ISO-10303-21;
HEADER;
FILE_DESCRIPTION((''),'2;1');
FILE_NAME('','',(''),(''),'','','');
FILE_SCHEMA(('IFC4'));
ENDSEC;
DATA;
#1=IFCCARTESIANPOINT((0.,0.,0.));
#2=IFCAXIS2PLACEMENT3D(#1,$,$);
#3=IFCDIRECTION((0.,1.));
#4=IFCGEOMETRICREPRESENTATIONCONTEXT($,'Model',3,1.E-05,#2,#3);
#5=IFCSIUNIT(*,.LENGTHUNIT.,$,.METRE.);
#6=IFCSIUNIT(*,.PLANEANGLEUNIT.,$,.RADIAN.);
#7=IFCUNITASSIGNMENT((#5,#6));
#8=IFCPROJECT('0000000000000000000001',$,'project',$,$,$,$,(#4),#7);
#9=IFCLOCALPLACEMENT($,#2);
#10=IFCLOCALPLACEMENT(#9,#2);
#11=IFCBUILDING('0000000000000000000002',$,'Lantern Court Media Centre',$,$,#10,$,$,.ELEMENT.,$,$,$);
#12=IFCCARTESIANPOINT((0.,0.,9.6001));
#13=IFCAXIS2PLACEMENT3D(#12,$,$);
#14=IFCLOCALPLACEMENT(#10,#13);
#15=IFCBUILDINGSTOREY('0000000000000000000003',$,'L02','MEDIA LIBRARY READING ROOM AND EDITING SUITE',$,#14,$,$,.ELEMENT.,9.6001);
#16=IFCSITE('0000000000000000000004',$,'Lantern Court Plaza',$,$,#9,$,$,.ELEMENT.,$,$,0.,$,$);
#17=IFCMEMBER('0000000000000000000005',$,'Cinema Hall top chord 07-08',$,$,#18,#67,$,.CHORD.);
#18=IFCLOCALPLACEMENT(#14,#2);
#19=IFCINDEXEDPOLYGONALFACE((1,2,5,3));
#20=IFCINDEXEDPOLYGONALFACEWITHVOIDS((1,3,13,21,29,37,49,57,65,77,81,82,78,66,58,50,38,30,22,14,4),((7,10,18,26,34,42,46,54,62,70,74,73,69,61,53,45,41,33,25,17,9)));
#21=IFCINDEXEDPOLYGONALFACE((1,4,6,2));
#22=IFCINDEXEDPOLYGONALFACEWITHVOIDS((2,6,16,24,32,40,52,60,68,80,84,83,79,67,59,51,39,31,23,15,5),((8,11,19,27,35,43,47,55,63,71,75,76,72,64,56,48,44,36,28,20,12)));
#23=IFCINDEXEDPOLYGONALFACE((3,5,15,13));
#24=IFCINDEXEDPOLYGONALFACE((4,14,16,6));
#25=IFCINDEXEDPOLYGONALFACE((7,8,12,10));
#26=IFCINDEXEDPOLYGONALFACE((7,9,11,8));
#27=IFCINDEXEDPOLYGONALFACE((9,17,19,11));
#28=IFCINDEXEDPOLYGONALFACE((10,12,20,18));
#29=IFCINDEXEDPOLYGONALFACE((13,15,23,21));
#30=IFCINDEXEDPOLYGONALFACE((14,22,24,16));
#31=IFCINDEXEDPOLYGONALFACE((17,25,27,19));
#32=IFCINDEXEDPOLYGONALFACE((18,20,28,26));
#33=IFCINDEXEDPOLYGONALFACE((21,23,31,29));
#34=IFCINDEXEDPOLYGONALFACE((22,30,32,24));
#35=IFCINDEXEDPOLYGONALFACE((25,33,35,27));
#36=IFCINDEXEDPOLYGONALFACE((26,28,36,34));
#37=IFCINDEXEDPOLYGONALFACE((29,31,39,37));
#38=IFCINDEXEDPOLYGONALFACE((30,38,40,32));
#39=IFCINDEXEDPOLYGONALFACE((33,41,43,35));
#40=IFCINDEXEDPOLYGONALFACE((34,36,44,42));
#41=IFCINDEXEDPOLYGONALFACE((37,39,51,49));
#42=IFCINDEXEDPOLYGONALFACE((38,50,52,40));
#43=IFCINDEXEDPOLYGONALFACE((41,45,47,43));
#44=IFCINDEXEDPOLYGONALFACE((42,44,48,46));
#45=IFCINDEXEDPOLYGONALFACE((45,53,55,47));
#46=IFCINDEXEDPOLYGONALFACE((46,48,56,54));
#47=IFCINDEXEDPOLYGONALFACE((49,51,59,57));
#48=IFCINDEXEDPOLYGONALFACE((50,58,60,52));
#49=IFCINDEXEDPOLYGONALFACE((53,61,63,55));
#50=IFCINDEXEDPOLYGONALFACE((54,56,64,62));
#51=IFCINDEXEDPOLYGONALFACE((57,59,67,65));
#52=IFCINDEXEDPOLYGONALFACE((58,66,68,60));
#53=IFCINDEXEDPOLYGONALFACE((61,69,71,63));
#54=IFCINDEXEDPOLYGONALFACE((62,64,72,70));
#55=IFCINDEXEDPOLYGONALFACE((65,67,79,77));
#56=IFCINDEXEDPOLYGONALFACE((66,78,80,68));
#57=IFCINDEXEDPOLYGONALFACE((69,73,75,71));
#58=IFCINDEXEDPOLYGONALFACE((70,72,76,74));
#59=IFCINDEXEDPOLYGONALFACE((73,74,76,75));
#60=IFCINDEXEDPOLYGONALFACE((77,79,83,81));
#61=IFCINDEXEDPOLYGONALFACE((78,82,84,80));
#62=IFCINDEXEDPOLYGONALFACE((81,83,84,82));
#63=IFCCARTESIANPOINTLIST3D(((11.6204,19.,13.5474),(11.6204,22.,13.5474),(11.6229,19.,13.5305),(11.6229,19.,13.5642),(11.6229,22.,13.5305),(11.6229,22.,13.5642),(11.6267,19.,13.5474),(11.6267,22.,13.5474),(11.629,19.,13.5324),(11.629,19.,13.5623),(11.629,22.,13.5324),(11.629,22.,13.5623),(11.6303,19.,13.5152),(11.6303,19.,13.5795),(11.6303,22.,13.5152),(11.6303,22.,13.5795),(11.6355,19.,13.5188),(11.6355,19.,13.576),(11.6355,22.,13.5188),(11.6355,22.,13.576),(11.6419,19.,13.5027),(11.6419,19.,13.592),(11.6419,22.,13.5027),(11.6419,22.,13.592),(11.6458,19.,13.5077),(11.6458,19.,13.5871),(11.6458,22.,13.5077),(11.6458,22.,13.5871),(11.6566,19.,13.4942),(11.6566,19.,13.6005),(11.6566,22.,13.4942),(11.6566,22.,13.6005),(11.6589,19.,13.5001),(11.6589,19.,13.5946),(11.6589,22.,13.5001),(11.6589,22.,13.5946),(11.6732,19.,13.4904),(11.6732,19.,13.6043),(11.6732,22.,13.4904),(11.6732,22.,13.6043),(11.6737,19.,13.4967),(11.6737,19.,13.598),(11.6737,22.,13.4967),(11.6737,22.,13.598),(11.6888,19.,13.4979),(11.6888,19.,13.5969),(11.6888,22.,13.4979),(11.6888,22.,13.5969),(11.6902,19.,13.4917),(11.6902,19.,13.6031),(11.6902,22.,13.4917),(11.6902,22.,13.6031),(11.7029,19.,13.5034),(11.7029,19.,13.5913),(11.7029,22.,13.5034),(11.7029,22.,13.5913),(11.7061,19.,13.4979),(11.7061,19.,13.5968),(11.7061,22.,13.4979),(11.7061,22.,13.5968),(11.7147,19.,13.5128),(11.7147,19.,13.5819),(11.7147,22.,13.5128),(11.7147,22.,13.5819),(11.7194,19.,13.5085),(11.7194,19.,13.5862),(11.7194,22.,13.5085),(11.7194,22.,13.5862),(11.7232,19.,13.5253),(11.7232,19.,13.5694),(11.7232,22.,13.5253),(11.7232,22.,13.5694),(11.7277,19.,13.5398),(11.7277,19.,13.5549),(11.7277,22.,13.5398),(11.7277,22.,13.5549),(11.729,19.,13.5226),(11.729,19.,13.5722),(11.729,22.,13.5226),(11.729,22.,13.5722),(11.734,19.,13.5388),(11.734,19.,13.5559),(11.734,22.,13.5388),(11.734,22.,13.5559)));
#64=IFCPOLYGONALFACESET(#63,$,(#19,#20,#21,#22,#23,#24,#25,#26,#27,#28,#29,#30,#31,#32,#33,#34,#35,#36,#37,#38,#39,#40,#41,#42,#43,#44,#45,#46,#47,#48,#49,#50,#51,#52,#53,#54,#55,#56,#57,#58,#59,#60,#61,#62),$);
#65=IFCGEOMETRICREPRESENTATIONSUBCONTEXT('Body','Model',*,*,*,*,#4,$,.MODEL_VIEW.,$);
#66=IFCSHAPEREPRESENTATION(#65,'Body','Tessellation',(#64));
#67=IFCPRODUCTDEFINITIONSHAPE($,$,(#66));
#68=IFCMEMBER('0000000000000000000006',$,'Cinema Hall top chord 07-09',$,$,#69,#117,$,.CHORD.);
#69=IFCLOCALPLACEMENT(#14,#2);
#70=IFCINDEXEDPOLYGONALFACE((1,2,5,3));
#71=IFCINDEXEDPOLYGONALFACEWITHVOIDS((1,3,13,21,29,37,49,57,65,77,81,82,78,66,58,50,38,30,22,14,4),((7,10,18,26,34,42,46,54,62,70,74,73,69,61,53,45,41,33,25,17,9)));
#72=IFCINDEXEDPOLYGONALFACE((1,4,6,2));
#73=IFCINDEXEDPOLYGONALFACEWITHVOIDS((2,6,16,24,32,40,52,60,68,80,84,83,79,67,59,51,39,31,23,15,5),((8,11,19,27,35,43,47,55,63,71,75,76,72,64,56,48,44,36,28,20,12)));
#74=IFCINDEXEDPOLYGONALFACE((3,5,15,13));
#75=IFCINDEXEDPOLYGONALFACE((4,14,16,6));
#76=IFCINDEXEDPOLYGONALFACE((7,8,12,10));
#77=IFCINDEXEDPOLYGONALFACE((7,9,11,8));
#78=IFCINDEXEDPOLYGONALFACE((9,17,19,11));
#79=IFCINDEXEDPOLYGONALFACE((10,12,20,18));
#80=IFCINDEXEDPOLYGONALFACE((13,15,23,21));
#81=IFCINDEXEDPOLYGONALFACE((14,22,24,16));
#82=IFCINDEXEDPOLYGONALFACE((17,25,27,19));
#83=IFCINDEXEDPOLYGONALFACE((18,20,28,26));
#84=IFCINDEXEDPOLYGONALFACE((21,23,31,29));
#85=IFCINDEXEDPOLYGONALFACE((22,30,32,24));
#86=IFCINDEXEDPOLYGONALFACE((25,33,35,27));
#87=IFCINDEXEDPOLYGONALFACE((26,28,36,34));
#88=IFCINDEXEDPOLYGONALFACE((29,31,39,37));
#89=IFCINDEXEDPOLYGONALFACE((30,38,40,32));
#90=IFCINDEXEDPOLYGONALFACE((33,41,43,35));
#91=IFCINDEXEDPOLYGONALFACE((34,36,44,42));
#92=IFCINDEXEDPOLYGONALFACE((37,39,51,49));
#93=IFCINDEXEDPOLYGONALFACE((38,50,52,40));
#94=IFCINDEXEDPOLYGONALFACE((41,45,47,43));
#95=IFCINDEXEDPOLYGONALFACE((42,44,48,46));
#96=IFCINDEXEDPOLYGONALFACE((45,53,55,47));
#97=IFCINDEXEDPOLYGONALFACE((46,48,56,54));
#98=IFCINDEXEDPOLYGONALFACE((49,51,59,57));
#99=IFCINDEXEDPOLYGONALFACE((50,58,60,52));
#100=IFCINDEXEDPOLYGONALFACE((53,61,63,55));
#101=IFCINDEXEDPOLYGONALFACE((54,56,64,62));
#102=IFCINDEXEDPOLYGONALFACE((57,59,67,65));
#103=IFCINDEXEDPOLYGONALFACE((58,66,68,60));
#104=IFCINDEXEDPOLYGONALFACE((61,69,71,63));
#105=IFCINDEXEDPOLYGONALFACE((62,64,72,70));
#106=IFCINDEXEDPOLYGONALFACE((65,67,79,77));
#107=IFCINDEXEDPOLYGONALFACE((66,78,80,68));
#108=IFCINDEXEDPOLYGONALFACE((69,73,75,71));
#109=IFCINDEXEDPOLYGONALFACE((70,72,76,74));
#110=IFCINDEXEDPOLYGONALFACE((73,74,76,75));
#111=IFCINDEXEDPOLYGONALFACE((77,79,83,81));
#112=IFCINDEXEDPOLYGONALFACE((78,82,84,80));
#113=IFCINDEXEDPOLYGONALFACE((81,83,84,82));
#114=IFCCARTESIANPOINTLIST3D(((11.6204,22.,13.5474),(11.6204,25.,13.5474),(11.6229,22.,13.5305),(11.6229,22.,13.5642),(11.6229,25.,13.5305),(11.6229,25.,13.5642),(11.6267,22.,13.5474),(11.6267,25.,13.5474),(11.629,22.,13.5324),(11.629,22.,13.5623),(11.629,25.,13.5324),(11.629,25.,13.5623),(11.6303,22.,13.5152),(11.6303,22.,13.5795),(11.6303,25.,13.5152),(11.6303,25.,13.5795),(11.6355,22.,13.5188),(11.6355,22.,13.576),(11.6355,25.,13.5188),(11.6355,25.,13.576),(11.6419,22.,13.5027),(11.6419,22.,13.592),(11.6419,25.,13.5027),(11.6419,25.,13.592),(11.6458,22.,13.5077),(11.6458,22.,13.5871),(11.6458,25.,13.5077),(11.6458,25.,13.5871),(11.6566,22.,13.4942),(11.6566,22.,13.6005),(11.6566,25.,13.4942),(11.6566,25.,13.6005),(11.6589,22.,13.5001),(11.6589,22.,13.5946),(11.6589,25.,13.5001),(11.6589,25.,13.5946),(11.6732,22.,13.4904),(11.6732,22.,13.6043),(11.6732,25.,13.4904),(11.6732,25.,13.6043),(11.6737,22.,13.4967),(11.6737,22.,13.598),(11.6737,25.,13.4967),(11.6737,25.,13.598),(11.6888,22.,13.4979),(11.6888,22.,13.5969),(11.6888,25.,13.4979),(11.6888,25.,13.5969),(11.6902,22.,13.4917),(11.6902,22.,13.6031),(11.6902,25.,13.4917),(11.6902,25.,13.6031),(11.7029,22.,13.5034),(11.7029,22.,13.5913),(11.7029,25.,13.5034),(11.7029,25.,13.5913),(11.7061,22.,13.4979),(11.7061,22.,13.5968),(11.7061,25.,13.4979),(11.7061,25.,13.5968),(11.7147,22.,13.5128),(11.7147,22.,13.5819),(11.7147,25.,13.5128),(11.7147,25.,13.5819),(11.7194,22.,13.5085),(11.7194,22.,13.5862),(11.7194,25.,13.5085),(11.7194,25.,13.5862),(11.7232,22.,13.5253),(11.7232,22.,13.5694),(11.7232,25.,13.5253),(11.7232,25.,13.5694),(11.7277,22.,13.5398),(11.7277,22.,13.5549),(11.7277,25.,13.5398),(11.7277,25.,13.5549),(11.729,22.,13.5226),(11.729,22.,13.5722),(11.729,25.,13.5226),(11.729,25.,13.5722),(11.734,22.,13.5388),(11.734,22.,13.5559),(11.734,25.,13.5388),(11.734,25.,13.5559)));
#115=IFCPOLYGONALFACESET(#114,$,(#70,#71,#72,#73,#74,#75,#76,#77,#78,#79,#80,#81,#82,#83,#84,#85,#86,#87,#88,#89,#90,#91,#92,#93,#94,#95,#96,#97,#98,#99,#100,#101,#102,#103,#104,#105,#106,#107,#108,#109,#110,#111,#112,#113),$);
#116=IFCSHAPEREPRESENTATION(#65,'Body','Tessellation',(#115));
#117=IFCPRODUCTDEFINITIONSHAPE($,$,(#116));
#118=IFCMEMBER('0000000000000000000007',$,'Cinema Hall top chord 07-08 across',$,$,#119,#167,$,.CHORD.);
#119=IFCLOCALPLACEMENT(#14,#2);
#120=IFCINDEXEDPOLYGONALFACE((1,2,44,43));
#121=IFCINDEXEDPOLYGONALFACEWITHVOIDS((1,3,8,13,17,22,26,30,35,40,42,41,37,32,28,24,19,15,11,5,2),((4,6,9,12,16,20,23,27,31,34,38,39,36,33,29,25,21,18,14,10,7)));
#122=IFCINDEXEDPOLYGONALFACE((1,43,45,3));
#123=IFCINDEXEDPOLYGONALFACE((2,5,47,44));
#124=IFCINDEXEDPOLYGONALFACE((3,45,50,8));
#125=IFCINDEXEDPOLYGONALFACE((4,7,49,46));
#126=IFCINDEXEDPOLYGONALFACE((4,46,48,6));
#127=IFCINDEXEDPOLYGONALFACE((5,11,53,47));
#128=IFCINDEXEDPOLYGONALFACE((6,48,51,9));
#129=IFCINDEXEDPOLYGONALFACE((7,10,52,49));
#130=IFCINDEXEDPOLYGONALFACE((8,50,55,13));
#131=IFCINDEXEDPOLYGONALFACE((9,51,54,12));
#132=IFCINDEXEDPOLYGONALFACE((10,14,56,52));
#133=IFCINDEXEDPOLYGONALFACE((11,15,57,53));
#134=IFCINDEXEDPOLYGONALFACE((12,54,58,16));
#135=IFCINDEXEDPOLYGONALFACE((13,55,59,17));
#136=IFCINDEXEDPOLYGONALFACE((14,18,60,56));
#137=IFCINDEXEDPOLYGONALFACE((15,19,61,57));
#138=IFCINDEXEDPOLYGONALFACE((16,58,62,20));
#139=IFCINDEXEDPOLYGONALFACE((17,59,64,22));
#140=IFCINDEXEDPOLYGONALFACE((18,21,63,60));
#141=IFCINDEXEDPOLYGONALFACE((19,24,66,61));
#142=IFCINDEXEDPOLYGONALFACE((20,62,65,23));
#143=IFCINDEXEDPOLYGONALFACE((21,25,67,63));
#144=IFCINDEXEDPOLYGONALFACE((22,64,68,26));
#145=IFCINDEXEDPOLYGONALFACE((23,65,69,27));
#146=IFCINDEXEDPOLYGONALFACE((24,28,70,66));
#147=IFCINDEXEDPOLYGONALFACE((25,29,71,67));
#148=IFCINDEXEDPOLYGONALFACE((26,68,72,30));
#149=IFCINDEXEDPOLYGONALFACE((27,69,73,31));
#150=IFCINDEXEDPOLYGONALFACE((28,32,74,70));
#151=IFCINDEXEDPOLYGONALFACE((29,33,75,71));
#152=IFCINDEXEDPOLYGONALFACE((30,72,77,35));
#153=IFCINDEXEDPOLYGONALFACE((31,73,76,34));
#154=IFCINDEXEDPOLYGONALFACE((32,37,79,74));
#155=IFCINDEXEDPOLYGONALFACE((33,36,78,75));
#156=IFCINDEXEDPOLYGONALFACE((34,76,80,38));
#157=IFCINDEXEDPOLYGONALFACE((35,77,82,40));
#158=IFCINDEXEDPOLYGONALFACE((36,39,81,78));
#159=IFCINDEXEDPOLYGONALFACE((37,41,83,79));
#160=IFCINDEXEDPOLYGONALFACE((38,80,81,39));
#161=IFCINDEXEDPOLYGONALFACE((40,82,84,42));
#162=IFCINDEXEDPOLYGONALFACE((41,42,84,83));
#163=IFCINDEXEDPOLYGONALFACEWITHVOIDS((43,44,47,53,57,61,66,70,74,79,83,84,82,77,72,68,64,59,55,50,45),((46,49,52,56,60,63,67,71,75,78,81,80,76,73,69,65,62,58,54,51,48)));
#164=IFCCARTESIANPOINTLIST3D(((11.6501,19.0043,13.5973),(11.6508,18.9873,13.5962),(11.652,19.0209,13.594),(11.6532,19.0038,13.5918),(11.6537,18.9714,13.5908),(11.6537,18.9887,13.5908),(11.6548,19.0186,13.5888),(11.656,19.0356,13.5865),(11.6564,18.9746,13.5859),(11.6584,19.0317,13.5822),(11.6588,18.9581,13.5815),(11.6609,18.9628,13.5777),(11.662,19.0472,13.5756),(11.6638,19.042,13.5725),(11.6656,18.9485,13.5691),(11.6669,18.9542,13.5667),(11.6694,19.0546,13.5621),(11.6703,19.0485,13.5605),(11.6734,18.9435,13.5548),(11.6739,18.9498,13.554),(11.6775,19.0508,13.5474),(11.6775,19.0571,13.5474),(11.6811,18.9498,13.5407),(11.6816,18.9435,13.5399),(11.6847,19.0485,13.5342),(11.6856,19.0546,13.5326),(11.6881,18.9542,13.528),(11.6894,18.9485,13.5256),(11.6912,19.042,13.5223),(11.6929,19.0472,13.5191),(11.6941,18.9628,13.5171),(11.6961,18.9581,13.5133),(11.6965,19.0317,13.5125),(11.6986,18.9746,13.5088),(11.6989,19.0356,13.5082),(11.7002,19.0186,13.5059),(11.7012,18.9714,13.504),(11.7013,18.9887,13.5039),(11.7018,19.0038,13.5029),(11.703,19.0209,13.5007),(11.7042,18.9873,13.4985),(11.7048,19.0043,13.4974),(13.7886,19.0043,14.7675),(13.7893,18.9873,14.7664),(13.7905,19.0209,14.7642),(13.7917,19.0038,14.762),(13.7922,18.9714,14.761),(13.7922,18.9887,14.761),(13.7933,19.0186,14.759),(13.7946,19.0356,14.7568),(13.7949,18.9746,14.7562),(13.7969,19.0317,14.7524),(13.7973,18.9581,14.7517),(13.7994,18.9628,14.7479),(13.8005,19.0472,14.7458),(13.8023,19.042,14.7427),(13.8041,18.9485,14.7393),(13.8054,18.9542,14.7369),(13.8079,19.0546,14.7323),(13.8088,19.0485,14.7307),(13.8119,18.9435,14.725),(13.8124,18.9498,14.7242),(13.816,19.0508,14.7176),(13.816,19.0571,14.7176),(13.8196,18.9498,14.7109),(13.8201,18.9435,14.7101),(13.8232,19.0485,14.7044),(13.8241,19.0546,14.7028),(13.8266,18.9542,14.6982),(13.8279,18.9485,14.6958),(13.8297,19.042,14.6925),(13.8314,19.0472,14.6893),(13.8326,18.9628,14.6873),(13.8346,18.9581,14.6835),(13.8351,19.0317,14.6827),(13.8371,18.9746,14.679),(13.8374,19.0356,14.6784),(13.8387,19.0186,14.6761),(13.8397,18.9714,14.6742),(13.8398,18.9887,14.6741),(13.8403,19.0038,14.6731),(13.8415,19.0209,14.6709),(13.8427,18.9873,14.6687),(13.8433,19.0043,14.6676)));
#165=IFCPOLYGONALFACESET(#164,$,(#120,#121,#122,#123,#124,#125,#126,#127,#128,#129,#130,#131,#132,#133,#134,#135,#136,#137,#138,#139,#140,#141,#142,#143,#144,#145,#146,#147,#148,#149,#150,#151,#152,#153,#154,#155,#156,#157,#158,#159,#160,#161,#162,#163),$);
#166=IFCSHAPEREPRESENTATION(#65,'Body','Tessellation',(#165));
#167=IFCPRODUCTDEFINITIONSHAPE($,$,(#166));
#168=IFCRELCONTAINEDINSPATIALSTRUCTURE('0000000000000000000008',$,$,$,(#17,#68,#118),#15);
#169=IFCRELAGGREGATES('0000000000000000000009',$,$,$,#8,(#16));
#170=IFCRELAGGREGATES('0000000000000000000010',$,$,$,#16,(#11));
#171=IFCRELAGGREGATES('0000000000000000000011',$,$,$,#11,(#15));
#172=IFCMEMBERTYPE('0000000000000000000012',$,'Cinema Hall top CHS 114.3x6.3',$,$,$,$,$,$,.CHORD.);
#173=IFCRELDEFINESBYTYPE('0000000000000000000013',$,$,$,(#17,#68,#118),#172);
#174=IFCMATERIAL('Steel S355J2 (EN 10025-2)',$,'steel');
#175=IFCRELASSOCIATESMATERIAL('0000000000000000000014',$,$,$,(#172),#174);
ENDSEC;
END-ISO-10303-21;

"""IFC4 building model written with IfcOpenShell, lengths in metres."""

from ifc_helpers import new_model, si_unit, direction, frame, origin, origin_2d, place, context, subcontext, project, spatial, hollow_circle, extrude, material, material_profile, profile_set, type_object, element, save


model = new_model("IFC4")

# Units and contexts
model_context = context("Model", 3, precision=1e-05, world=origin(), true_north=direction((0.0, 1.0)))
body_context = subcontext(model_context, "Body", "Model", "MODEL_VIEW")
ifc_project = project(units=[si_unit("LENGTHUNIT", "METRE"), si_unit("PLANEANGLEUNIT", "RADIAN")], contexts=[model_context])

# Site, building, storey
site_placement = place(None, origin())
site = spatial("IfcSite", under=ifc_project, at=site_placement, Name="Lantern Court Plaza", CompositionType="ELEMENT", RefElevation=0.0)
building_placement = place(site_placement, origin())
building = spatial("IfcBuilding", under=site, at=building_placement, Name="Lantern Court Media Centre", CompositionType="ELEMENT")
storey_placement = place(building_placement, frame((0.0, 0.0, 9.6001)))
storey = spatial("IfcBuildingStorey", under=building, at=storey_placement, Name="L02", Description="MEDIA LIBRARY READING ROOM AND EDITING SUITE", CompositionType="ELEMENT", Elevation=9.6001)

# Members
ifc_material = material(Name="Steel S355J2 (EN 10025-2)", Category="steel")
ifc_material_profile_1 = material_profile(ifc_material, hollow_circle(Radius=0.0571, WallThickness=0.0063, at=origin_2d()), Name="Cinema Hall top CHS 114.3x6.3")
ifc_profile_set_1 = profile_set([ifc_material_profile_1], Name="Steel S355J2 (EN 10025-2)")
member_type_1 = type_object("IfcMemberType", Name="Cinema Hall top CHS 114.3x6.3", PredefinedType="CHORD", material=ifc_profile_set_1)
for number, where, z_axis, x_axis, name in (
    (1, (11.6775, 19.0, 13.5474), (0.0, 1.0, 0.0), (-1.0, 0.0, 0.0), "Cinema Hall top chord 07-08"),
    (2, (11.6775, 22.0, 13.5474), (0.0, 1.0, 0.0), (-1.0, 0.0, 0.0), "Cinema Hall top chord 07-09"),
):
    element("IfcMember", number, at=place(storey_placement, frame(where, z_axis=z_axis, x_axis=x_axis)), inside=storey, type_object=member_type_1, Name=name, PredefinedType="CHORD", context=body_context, shape_type="SweptSolid", body=[
        extrude(hollow_circle(Radius=0.0571, WallThickness=0.0063, at=origin_2d()), origin(), (0.0, 0.0, 1.0), 3.0),
    ])
for number, where, z_axis, x_axis, name in (
    (3, (11.6775, 19.0, 13.5474), (0.877248, 0.0, 0.480038), (0.0, 1.0, 0.0), "Cinema Hall top chord 07-08 across"),
):
    element("IfcMember", number, at=place(storey_placement, frame(where, z_axis=z_axis, x_axis=x_axis)), inside=storey, type_object=member_type_1, Name=name, PredefinedType="CHORD", context=body_context, shape_type="SweptSolid", body=[
        extrude(hollow_circle(Radius=0.0571, WallThickness=0.0063, at=origin_2d()), origin(), (0.0, 0.0, 1.0), 2.4377),
    ])

save(model, "model.ifc")
